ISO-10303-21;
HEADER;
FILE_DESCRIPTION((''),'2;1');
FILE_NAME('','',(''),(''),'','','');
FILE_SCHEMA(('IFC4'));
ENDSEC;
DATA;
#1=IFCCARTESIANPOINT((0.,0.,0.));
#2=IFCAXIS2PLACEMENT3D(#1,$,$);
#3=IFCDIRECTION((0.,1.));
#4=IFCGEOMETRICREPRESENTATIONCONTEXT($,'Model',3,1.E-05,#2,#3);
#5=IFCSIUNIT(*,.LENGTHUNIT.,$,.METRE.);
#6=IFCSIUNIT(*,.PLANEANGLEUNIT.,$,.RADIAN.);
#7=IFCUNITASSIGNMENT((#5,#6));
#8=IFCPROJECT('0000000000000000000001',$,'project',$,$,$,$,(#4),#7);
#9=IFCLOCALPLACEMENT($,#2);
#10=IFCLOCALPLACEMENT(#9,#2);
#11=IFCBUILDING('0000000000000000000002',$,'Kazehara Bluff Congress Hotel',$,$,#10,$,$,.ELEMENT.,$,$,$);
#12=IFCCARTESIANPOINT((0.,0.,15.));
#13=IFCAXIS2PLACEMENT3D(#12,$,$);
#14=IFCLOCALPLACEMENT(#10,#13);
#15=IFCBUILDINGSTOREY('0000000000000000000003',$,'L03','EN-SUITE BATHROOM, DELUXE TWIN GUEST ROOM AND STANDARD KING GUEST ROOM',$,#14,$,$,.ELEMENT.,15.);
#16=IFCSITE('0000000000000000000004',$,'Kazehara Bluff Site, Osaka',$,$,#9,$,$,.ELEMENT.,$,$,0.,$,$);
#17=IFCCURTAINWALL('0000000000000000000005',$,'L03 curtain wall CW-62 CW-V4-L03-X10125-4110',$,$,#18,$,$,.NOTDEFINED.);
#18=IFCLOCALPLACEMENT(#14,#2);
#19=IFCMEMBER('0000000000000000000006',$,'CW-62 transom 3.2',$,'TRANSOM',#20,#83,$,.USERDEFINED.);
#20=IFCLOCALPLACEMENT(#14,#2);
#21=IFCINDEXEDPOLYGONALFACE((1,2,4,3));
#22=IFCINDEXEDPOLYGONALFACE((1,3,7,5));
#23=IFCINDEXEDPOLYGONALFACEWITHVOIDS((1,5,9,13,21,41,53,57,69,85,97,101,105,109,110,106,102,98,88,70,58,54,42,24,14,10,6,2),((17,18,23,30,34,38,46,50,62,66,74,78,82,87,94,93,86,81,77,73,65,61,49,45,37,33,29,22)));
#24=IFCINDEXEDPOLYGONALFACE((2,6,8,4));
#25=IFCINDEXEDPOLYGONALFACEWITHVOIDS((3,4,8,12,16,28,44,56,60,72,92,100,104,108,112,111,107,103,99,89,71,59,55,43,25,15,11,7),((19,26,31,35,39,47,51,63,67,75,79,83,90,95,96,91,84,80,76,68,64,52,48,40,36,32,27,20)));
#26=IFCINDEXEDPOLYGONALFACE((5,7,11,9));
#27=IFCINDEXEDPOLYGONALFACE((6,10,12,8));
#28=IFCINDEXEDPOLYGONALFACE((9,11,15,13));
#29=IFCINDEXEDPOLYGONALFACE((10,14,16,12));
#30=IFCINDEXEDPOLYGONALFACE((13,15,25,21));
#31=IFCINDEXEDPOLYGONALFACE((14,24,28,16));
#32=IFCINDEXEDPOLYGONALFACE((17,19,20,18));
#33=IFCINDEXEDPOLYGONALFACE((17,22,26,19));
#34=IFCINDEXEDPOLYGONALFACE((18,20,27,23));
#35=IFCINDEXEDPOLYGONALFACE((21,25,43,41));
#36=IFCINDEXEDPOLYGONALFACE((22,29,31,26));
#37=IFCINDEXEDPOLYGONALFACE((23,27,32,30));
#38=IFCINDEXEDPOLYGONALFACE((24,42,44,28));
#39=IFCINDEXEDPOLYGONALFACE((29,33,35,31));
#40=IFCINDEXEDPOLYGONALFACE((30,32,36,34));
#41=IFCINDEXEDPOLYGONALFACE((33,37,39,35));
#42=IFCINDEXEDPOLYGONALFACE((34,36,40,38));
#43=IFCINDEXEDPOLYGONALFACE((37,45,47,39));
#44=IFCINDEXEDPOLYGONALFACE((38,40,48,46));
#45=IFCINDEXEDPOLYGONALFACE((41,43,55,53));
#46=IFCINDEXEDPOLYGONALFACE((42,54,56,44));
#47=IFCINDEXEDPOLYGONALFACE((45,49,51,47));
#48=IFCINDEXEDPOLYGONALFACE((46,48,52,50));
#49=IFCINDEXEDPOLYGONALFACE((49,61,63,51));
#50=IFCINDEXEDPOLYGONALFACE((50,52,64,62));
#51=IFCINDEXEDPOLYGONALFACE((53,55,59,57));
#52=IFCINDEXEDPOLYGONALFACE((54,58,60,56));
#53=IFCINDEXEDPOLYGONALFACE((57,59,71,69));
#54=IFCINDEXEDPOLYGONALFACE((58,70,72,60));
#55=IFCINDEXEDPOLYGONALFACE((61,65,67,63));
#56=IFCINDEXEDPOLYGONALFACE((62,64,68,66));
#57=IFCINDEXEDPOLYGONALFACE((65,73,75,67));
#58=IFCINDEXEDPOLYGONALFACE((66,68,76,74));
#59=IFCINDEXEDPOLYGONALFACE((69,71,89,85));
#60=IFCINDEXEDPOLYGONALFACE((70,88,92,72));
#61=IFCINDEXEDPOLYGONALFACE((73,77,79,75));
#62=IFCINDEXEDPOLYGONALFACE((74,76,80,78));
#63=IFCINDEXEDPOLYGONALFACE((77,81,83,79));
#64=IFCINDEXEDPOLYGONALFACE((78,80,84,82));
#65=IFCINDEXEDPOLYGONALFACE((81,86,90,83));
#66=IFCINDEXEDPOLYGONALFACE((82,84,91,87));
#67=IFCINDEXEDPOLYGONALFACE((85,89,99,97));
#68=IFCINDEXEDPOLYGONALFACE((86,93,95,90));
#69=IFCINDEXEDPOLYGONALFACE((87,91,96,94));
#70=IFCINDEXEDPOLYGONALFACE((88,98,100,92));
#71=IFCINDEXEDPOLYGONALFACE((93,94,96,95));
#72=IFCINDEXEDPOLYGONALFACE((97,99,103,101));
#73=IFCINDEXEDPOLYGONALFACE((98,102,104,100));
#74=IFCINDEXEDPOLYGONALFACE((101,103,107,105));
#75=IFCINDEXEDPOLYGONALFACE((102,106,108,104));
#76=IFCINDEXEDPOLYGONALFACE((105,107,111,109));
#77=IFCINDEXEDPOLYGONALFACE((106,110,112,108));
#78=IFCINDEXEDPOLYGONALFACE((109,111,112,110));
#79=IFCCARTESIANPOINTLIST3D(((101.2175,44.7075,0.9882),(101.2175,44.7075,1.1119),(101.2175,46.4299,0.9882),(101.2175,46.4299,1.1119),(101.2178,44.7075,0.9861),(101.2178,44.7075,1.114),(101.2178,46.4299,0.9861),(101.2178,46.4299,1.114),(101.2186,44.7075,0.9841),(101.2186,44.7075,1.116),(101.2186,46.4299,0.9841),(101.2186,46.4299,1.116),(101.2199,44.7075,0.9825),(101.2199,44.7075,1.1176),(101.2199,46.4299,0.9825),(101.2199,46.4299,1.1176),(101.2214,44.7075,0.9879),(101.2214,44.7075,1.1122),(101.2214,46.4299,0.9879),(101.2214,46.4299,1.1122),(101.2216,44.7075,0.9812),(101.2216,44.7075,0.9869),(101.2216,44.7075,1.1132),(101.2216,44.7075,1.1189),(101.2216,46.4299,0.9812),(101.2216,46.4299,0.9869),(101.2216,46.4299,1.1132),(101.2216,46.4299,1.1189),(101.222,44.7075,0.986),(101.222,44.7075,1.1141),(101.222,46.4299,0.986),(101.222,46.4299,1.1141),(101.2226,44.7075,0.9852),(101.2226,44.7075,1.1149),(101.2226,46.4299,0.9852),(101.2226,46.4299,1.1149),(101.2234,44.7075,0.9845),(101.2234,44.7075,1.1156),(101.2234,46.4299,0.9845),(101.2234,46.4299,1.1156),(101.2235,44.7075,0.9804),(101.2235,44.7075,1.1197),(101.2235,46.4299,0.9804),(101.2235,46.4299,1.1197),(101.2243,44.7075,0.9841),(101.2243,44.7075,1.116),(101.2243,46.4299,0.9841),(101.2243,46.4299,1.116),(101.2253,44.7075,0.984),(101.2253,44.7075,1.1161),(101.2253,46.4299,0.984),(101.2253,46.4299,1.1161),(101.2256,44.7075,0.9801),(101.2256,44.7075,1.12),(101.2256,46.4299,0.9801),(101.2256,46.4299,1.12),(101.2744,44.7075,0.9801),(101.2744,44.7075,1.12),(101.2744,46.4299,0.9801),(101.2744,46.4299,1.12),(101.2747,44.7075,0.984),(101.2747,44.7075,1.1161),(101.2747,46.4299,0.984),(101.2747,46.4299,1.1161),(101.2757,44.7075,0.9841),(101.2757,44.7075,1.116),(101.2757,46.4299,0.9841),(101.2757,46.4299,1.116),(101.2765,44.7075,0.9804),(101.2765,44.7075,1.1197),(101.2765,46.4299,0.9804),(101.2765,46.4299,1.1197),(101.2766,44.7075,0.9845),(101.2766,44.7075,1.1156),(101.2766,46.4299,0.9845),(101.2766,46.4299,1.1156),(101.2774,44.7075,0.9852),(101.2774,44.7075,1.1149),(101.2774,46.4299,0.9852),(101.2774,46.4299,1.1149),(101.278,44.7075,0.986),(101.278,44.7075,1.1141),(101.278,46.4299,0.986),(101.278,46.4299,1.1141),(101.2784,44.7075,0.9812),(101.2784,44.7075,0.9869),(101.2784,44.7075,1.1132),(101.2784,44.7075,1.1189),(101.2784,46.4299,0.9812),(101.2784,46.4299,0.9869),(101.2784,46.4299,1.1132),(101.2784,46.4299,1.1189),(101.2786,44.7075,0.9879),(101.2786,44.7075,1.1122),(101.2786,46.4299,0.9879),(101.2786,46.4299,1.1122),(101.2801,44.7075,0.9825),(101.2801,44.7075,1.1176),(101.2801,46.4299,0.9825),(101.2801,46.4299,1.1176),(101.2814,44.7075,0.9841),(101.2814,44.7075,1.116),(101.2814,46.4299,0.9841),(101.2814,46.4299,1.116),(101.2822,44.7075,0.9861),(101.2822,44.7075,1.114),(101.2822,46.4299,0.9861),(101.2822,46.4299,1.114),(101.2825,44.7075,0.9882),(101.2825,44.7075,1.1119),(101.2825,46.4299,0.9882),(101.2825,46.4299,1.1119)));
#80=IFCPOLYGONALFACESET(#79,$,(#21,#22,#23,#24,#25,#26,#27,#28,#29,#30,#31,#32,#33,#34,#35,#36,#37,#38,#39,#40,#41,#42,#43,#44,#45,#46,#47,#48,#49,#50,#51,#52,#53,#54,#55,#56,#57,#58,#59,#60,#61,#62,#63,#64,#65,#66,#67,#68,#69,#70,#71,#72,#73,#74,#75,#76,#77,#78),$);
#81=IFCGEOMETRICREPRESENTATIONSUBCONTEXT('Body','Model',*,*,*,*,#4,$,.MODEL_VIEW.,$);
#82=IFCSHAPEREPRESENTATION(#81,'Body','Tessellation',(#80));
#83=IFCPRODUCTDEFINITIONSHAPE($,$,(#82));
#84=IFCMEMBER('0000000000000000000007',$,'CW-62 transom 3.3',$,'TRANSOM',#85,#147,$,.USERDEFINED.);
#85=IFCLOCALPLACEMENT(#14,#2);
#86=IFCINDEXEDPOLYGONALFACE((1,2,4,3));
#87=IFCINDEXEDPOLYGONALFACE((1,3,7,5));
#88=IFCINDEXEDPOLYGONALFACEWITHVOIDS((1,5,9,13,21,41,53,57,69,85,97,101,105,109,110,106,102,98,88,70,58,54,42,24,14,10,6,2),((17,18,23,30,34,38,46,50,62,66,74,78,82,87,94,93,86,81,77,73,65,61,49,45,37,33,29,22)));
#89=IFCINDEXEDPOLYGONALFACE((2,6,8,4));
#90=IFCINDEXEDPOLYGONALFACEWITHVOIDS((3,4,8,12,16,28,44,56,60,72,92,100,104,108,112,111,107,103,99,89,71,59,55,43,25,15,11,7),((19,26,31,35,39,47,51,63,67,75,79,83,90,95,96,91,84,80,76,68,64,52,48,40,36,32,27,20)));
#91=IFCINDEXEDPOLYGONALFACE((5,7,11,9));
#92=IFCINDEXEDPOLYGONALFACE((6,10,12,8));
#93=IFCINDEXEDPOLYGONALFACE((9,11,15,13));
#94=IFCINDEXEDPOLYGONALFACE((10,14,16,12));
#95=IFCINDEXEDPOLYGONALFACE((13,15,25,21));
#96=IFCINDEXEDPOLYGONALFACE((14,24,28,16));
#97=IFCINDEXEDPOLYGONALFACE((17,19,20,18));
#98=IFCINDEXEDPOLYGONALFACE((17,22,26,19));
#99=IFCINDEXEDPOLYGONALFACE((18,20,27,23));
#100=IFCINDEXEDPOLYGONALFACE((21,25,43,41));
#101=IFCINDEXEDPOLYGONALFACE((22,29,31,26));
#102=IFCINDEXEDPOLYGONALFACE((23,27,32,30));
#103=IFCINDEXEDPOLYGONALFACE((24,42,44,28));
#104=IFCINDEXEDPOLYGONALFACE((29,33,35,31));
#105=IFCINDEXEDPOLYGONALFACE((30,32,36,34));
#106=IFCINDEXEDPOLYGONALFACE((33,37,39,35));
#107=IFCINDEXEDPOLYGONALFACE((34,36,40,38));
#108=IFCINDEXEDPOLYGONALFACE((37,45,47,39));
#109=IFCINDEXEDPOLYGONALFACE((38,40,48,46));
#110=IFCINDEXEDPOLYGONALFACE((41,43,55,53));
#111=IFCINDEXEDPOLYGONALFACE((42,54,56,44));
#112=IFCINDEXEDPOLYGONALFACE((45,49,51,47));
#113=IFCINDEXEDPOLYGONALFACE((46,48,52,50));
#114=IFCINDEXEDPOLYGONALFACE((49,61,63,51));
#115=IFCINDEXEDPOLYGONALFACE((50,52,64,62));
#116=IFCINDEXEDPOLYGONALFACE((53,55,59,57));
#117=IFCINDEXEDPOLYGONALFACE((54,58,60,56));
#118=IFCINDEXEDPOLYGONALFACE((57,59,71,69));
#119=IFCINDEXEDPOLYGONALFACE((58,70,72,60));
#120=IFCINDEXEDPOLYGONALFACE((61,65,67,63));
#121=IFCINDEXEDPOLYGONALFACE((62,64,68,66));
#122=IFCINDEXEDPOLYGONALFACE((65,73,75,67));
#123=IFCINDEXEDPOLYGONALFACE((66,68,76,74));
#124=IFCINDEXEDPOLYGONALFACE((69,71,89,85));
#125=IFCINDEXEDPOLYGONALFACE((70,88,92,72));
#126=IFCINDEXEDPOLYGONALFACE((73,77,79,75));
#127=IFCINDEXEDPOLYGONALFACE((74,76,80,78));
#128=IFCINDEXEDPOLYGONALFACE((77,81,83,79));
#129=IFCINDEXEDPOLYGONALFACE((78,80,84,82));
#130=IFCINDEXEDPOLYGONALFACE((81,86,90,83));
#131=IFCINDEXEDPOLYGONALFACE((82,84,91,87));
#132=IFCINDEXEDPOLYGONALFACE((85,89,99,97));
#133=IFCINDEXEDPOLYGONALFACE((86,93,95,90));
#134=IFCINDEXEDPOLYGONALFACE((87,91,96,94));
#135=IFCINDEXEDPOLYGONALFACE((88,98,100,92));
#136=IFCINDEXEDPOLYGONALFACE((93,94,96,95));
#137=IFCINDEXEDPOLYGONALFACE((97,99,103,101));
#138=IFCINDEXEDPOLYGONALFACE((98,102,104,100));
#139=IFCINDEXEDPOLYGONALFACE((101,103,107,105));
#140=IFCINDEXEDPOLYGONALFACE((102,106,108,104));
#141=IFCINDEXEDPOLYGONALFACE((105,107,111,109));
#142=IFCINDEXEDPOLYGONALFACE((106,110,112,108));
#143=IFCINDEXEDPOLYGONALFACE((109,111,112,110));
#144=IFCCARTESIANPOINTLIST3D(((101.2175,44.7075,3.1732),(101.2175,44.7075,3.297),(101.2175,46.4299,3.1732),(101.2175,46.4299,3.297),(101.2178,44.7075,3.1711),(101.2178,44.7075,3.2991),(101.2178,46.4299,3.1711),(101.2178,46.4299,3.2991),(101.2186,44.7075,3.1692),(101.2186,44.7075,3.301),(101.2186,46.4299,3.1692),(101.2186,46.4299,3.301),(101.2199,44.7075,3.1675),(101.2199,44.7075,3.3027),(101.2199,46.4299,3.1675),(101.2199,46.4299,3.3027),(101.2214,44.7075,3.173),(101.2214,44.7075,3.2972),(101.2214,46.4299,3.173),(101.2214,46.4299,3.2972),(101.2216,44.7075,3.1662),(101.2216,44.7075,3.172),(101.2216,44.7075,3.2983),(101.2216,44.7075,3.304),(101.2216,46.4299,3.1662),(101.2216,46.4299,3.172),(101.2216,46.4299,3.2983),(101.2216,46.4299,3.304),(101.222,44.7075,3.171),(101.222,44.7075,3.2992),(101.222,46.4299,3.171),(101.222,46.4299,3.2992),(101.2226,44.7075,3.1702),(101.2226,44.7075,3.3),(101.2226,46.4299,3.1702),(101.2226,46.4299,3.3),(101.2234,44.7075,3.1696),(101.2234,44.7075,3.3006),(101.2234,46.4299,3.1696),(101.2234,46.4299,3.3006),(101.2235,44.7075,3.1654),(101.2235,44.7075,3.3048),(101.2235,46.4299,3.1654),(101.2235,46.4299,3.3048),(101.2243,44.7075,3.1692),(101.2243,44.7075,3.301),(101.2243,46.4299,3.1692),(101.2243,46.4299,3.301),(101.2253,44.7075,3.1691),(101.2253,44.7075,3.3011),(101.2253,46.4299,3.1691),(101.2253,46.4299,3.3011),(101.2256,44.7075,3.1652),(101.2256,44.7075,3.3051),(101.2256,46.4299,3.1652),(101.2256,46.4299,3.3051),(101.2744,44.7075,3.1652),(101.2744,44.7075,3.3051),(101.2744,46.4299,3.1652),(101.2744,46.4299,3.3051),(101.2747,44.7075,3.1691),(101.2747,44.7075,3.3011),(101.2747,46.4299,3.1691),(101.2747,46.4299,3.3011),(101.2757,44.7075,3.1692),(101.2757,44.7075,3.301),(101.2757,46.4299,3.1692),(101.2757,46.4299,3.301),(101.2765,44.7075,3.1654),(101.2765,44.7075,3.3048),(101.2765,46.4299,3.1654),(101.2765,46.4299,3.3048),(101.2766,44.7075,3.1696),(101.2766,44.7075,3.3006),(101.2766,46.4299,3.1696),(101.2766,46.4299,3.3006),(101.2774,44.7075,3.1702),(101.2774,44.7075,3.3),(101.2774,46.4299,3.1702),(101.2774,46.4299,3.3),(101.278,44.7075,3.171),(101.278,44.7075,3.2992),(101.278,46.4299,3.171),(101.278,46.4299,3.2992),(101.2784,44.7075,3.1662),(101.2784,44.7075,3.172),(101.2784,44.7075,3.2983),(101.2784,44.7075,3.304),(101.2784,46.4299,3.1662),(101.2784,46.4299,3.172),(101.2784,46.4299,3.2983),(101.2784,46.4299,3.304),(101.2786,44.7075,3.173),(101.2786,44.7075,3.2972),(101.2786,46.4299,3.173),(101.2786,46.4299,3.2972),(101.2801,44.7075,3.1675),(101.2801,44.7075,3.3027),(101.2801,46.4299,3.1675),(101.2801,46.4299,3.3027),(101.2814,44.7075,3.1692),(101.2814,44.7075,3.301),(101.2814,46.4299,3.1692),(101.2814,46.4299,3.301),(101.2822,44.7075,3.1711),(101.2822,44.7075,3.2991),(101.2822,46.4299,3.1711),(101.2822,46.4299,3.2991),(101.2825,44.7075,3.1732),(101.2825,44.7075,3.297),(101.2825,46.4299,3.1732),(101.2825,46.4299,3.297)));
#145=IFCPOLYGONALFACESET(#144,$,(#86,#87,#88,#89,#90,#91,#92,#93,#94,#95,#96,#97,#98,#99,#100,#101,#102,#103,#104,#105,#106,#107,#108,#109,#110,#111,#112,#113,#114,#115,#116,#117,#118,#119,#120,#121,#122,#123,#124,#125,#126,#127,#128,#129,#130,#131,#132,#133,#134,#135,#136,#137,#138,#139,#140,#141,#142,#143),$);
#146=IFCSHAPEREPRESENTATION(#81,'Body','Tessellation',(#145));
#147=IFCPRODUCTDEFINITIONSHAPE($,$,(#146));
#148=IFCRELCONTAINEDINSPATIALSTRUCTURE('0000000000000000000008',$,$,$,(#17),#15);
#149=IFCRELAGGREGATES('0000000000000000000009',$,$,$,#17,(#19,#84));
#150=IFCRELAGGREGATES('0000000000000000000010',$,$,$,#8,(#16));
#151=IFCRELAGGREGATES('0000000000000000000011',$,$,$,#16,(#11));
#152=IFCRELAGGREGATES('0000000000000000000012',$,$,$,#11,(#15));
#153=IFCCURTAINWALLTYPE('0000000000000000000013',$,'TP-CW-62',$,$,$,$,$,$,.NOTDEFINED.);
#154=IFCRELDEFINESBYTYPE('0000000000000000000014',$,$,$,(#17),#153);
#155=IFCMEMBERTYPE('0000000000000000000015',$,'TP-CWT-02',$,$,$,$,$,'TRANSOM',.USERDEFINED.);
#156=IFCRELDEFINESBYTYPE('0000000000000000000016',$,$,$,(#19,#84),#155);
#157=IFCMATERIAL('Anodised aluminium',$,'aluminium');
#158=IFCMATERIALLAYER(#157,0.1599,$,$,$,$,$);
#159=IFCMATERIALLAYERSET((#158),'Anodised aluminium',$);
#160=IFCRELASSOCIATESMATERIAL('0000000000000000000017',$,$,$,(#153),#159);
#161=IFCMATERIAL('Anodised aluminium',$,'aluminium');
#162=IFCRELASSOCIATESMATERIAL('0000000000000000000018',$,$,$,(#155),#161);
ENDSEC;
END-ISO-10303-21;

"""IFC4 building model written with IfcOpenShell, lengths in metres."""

from ifc_helpers import new_model, si_unit, direction, frame, origin, origin_2d, place, context, subcontext, project, spatial, hollow_rectangle, extrude, material, layer, layer_set, material_profile, profile_set, type_object, element, aggregate, save


model = new_model("IFC4")

# Units and contexts
model_context = context("Model", 3, precision=1e-05, world=origin(), true_north=direction((0.0, 1.0)))
body_context = subcontext(model_context, "Body", "Model", "MODEL_VIEW")
ifc_project = project(units=[si_unit("LENGTHUNIT", "METRE"), si_unit("PLANEANGLEUNIT", "RADIAN")], contexts=[model_context])

# Site, building, storey
site_placement = place(None, origin())
site = spatial("IfcSite", under=ifc_project, at=site_placement, Name="Kazehara Bluff Site, Osaka", CompositionType="ELEMENT", RefElevation=0.0)
building_placement = place(site_placement, origin())
building = spatial("IfcBuilding", under=site, at=building_placement, Name="Kazehara Bluff Congress Hotel", CompositionType="ELEMENT")
storey_placement = place(building_placement, frame((0.0, 0.0, 15.0)))
storey = spatial("IfcBuildingStorey", under=building, at=storey_placement, Name="L03", Description="EN-SUITE BATHROOM, DELUXE TWIN GUEST ROOM AND STANDARD KING GUEST ROOM", CompositionType="ELEMENT", Elevation=15.0)

# Curtain wall, members
ifc_material_1 = material(Name="Anodised aluminium", Category="aluminium")
ifc_layer_1 = layer(ifc_material_1, 0.1599)
ifc_layer_set_1 = layer_set([ifc_layer_1], Name="Anodised aluminium")
curtain_wall_type_1 = type_object("IfcCurtainWallType", Name="TP-CW-62", PredefinedType="NOTDEFINED", material=ifc_layer_set_1)
curtain_wall_1_placement = place(storey_placement, origin())
curtain_wall_1 = element("IfcCurtainWall", 1, at=curtain_wall_1_placement, inside=storey, type_object=curtain_wall_type_1, Name="L03 curtain wall CW-62 CW-V4-L03-X10125-4110", PredefinedType="NOTDEFINED")
ifc_material_2 = material(Name="Anodised aluminium", Category="aluminium")
ifc_material_profile_1 = material_profile(ifc_material_2, hollow_rectangle(XDim=0.0649, YDim=0.1399, WallThickness=0.0039, InnerFilletRadius=0.0039, OuterFilletRadius=0.0081, at=origin_2d()))
ifc_profile_set_1 = profile_set([ifc_material_profile_1], Name="Anodised aluminium")
member_type_1 = type_object("IfcMemberType", Name="TP-CWT-02", ElementType="TRANSOM", PredefinedType="USERDEFINED", material=ifc_profile_set_1)
member_1_placement = place(storey_placement, frame((101.25, 44.7075, 1.05), z_axis=(0.0, 1.0, 0.0), x_axis=(-1.0, 0.0, 0.0)))
member_1 = element("IfcMember", 2, at=member_1_placement, type_object=member_type_1, Name="CW-62 transom 3.2", ObjectType="TRANSOM", PredefinedType="USERDEFINED", context=body_context, shape_type="SweptSolid", body=[
    extrude(hollow_rectangle(XDim=0.0649, YDim=0.1399, WallThickness=0.0039, InnerFilletRadius=0.0039, OuterFilletRadius=0.0081, at=origin_2d()), origin(), (0.0, 0.0, 1.0), 1.7224),
])
member_2_placement = place(storey_placement, frame((101.25, 44.7075, 3.2351), z_axis=(0.0, 1.0, 0.0), x_axis=(-1.0, 0.0, 0.0)))
member_2 = element("IfcMember", 3, at=member_2_placement, type_object=member_type_1, Name="CW-62 transom 3.3", ObjectType="TRANSOM", PredefinedType="USERDEFINED", context=body_context, shape_type="SweptSolid", body=[
    extrude(hollow_rectangle(XDim=0.0649, YDim=0.1399, WallThickness=0.0039, InnerFilletRadius=0.0039, OuterFilletRadius=0.0081, at=origin_2d()), origin(), (0.0, 0.0, 1.0), 1.7224),
])

aggregate(curtain_wall_1, [member_1, member_2])

save(model, "model.ifc")
